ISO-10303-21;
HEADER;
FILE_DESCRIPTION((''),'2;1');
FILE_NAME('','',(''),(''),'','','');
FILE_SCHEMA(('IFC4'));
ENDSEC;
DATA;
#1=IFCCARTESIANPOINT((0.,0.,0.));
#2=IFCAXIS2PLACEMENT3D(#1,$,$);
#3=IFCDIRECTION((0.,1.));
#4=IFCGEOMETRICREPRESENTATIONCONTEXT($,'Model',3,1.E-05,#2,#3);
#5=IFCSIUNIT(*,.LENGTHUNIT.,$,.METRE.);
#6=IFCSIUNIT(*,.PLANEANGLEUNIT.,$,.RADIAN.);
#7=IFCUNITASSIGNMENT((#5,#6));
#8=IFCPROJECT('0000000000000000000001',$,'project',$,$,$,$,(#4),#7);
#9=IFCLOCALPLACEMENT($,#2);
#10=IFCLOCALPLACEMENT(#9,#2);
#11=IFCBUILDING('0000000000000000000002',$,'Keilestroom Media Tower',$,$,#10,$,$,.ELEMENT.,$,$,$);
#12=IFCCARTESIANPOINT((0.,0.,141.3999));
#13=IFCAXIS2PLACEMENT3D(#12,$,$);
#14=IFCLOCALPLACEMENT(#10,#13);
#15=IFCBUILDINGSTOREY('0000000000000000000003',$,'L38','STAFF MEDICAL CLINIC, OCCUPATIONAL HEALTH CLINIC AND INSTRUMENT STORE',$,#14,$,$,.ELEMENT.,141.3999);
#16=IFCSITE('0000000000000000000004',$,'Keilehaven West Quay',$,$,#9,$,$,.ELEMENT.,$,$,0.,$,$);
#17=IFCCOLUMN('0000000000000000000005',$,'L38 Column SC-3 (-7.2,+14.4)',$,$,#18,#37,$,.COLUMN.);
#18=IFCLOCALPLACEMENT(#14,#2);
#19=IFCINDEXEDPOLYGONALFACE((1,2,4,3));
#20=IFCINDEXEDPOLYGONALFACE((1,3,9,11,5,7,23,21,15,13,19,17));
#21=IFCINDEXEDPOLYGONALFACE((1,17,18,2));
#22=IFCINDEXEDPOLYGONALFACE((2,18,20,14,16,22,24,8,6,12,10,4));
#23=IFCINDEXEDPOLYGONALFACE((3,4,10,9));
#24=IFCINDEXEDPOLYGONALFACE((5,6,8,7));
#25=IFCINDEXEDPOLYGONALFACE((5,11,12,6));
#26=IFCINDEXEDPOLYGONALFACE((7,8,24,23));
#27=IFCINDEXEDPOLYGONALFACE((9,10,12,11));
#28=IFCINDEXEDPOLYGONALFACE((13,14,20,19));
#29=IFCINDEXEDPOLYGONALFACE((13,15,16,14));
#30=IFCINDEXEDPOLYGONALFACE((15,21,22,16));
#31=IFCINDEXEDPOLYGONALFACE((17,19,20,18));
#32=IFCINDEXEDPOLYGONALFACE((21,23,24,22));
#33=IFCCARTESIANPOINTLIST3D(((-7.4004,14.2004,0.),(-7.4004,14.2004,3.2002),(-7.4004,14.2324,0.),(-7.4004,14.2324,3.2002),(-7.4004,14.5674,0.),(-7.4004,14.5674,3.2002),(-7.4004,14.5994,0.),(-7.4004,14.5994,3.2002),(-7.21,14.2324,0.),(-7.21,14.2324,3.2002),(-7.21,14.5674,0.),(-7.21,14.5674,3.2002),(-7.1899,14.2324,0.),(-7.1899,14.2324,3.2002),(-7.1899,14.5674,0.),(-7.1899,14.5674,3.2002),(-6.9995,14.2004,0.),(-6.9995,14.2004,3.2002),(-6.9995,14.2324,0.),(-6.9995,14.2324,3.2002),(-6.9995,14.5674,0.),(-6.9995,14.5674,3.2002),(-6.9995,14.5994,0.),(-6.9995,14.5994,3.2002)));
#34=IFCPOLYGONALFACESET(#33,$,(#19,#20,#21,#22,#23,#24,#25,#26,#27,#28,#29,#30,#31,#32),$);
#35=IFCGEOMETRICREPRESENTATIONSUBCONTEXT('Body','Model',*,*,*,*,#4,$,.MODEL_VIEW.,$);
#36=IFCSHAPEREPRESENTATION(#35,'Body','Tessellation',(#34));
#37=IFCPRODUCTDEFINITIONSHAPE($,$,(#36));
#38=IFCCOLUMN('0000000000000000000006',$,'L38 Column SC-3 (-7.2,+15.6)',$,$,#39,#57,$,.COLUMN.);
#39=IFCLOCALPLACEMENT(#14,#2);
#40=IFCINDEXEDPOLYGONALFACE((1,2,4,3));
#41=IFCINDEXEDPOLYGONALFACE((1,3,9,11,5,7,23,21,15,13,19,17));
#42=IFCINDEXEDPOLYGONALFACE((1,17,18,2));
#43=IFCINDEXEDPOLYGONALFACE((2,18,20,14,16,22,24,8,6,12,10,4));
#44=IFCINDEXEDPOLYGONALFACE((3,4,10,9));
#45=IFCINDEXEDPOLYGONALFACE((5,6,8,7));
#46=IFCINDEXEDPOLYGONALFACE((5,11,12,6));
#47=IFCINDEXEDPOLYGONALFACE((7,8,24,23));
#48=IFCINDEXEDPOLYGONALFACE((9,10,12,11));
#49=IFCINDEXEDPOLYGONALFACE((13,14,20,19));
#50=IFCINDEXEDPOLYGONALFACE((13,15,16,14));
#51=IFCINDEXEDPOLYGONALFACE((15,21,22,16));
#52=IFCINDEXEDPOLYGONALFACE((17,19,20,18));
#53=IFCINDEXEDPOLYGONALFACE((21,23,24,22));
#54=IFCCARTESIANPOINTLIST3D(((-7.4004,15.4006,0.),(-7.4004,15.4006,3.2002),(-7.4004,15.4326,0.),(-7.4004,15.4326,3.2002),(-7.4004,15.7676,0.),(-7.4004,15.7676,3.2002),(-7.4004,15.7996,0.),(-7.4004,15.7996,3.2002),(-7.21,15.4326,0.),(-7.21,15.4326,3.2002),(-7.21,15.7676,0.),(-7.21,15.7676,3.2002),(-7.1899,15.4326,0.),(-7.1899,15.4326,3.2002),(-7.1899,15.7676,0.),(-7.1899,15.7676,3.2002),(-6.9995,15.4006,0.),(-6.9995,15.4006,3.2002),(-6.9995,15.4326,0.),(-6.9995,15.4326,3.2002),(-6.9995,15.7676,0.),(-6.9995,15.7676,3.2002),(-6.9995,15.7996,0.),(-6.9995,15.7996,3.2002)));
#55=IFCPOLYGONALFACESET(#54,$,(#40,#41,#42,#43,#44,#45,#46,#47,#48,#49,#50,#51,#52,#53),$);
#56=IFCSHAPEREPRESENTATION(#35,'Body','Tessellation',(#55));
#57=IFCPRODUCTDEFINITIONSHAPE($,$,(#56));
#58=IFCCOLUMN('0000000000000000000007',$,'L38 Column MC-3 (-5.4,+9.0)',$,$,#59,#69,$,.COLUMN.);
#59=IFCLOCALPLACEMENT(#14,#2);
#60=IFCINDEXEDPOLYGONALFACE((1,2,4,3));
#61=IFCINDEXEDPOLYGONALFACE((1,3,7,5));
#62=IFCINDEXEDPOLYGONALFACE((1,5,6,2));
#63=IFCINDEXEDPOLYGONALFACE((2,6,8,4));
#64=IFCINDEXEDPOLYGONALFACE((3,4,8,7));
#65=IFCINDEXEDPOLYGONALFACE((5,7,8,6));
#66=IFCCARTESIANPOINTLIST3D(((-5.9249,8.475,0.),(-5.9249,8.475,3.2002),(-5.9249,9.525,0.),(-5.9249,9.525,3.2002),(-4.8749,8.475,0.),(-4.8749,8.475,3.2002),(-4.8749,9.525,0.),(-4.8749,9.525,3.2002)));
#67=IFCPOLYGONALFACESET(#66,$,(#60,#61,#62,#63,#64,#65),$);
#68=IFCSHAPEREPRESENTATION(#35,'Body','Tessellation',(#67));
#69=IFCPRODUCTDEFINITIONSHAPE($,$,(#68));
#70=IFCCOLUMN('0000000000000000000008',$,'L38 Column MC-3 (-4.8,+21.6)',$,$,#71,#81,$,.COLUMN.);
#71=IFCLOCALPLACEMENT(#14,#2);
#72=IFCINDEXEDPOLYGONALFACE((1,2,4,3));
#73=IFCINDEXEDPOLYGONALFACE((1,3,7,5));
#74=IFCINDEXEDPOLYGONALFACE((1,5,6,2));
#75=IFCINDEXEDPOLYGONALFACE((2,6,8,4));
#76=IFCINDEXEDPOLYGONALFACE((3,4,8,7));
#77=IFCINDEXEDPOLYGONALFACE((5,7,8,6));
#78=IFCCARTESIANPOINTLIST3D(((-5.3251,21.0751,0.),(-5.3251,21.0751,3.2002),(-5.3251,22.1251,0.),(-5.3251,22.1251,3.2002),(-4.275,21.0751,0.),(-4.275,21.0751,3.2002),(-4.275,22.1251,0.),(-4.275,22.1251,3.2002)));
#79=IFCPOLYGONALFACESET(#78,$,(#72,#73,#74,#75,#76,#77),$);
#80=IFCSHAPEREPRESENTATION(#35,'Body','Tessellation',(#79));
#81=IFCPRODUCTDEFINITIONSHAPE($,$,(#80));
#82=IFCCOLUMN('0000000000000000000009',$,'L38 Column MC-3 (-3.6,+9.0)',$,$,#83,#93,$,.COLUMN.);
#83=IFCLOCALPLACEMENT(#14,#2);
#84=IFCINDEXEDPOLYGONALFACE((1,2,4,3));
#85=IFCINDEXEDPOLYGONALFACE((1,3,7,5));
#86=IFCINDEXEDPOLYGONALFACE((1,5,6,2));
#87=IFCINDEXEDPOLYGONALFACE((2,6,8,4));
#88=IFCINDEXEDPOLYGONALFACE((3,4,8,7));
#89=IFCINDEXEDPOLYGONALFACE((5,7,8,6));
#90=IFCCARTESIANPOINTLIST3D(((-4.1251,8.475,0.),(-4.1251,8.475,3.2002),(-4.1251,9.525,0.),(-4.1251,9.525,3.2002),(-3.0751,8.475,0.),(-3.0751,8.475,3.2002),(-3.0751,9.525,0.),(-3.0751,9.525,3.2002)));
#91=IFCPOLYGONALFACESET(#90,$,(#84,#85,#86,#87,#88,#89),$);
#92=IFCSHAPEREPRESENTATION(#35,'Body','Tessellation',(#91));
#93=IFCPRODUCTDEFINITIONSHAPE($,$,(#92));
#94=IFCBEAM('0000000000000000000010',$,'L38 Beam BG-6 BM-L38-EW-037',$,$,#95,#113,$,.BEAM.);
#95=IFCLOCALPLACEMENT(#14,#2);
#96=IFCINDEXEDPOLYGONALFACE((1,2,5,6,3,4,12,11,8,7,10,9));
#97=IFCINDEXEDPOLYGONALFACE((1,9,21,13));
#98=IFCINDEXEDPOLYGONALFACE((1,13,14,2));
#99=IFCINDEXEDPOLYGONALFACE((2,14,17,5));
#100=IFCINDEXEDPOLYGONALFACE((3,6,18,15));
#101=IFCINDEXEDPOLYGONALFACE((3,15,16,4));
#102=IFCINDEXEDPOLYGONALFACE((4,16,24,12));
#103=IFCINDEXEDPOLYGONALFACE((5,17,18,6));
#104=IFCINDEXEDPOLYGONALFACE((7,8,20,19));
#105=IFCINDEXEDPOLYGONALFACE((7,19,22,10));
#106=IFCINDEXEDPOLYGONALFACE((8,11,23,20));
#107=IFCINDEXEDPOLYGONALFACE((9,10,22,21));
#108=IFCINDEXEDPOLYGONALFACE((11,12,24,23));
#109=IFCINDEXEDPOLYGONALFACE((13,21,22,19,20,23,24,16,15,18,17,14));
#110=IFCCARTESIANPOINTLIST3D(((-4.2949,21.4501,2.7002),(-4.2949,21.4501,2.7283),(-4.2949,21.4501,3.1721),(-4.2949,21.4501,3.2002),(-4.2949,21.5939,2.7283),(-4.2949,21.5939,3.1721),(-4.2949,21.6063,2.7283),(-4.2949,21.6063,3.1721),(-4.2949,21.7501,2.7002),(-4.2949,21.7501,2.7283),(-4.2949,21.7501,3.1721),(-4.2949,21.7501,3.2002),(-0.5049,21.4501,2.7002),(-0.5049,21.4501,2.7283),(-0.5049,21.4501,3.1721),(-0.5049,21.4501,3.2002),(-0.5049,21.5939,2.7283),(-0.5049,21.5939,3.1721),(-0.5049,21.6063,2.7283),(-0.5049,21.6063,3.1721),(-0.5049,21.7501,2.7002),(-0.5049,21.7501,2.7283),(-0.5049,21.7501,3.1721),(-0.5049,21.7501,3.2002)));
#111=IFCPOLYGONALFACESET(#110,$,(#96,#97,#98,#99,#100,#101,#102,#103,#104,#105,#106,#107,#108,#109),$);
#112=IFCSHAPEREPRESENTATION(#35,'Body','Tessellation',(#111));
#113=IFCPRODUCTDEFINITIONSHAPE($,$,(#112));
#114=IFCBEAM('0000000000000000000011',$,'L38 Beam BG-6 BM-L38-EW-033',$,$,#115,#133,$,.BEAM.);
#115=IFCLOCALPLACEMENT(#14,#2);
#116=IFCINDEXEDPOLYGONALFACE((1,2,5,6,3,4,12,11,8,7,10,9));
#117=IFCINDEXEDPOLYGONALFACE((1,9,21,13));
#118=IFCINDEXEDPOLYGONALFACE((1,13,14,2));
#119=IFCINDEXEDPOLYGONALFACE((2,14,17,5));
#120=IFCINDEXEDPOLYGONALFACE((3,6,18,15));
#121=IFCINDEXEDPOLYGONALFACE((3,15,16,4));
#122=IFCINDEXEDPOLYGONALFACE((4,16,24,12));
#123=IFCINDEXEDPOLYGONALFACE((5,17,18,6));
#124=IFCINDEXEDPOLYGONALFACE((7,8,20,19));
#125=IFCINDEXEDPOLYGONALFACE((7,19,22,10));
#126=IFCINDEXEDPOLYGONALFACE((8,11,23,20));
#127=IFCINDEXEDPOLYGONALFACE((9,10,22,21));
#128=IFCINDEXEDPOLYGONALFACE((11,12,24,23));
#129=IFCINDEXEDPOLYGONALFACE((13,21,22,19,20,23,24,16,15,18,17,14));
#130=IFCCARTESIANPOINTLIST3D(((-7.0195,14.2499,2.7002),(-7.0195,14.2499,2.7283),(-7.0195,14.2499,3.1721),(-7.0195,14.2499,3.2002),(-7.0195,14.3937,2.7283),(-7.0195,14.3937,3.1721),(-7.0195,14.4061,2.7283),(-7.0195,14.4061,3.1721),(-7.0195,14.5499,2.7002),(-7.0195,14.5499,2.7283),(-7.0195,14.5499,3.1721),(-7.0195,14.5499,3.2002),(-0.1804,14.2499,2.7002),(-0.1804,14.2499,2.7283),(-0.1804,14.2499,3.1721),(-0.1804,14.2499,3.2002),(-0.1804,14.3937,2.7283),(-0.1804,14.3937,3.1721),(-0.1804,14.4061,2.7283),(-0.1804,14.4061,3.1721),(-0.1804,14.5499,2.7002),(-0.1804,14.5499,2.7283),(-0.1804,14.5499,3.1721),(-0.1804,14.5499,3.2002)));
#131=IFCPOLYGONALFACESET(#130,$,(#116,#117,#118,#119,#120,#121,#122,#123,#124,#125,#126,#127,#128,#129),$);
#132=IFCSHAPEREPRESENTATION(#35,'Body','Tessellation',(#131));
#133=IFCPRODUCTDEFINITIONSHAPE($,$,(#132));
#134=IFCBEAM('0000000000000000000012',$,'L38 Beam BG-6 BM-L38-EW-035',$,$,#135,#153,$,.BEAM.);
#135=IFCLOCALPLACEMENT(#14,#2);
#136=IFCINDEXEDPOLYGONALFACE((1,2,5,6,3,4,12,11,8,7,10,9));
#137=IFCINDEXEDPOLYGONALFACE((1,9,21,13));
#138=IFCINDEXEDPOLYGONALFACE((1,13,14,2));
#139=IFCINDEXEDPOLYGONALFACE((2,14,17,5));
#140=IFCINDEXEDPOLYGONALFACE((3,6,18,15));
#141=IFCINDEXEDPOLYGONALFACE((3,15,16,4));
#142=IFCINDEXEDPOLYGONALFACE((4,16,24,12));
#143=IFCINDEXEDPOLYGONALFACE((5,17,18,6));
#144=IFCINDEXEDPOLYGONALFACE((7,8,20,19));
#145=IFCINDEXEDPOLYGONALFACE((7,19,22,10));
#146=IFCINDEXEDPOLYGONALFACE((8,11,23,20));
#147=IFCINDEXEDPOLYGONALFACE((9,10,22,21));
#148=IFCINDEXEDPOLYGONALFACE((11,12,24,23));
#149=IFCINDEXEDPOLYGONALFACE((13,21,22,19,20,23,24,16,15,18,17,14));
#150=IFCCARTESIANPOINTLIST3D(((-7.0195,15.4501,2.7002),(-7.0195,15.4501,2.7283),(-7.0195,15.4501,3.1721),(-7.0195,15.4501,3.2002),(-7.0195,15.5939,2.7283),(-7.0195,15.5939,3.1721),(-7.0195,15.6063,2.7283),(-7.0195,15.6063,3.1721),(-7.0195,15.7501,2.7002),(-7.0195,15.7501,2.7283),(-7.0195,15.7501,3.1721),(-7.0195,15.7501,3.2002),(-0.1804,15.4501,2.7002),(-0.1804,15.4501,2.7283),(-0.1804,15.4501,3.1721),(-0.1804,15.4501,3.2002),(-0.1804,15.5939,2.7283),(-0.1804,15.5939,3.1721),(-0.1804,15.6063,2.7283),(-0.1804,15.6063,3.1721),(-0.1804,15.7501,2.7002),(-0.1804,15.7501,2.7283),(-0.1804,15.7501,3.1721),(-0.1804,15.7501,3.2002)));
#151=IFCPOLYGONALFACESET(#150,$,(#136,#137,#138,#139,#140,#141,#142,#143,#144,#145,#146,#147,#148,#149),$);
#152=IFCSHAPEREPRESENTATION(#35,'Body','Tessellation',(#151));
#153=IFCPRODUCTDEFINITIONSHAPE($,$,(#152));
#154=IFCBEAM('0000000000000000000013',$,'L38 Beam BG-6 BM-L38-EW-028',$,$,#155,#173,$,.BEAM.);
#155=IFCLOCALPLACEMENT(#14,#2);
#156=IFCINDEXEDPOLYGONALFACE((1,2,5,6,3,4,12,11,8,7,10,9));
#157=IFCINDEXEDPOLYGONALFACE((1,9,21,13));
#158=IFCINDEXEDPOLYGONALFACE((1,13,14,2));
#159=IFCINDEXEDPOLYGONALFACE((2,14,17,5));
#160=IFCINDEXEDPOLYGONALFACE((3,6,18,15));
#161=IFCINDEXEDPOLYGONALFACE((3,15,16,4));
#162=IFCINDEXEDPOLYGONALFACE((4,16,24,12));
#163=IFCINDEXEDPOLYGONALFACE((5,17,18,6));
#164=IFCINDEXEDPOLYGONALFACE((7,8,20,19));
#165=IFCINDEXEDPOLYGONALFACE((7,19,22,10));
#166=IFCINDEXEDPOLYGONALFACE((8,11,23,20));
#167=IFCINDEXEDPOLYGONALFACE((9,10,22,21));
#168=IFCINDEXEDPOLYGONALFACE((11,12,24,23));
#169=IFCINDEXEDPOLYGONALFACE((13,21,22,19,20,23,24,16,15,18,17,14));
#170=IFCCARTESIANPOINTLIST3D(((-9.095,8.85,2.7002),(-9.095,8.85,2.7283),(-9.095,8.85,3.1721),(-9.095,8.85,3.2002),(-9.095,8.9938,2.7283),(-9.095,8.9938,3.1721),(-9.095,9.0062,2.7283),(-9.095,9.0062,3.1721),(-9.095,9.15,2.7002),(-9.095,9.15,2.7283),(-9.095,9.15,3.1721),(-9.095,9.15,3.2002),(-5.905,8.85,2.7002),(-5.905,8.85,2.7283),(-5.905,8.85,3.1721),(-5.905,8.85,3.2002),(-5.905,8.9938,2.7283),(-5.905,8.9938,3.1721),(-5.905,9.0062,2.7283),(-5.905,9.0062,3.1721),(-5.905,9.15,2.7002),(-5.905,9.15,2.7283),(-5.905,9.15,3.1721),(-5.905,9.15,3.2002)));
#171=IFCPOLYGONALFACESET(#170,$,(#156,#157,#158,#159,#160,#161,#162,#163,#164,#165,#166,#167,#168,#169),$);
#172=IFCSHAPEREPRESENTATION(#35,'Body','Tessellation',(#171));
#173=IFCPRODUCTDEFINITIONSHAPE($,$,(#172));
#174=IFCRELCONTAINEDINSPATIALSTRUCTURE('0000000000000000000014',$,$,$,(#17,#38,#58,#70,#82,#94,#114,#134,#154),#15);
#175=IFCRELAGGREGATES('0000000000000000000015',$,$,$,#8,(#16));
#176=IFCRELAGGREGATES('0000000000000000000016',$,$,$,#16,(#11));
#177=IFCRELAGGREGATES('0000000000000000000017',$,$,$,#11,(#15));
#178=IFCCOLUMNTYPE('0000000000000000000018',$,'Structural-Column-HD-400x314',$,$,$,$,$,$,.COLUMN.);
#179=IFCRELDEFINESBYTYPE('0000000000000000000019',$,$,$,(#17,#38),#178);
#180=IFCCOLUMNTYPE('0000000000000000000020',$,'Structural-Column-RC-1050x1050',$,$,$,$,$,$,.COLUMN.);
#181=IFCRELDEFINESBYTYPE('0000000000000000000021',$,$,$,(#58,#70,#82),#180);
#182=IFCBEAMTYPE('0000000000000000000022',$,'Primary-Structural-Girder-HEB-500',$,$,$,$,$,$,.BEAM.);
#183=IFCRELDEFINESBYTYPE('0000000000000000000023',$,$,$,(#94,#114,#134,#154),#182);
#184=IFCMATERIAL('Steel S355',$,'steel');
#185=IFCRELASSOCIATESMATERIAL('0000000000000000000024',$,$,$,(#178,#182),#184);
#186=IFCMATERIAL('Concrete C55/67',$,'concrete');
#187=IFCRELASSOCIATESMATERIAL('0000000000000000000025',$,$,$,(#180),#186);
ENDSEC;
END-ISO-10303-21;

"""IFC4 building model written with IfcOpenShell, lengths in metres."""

from ifc_helpers import new_model, si_unit, direction, frame, origin, origin_2d, place, context, subcontext, project, spatial, rectangle, i_section, extrude, source, transform, mapped, material, material_profile, profile_set, type_object, element, save


model = new_model("IFC4")

# Units and contexts
model_context = context("Model", 3, precision=1e-05, world=origin(), true_north=direction((0.0, 1.0)))
body_context = subcontext(model_context, "Body", "Model", "MODEL_VIEW")
ifc_project = project(units=[si_unit("LENGTHUNIT", "METRE"), si_unit("PLANEANGLEUNIT", "RADIAN")], contexts=[model_context])

# Site, building, storey
site_placement = place(None, origin())
site = spatial("IfcSite", under=ifc_project, at=site_placement, Name="Keilehaven West Quay", CompositionType="ELEMENT", RefElevation=0.0)
building_placement = place(site_placement, origin())
building = spatial("IfcBuilding", under=site, at=building_placement, Name="Keilestroom Media Tower", CompositionType="ELEMENT")
storey_placement = place(building_placement, frame((0.0, 0.0, 141.3999)))
storey = spatial("IfcBuildingStorey", under=building, at=storey_placement, Name="L38", Description="STAFF MEDICAL CLINIC, OCCUPATIONAL HEALTH CLINIC AND INSTRUMENT STORE", CompositionType="ELEMENT", Elevation=141.3999)

# Columns
ifc_material_1 = material(Name="Steel S355", Category="steel")
ifc_material_profile_1 = material_profile(ifc_material_1, i_section(OverallWidth=0.4009, OverallDepth=0.3989, WebThickness=0.02, FlangeThickness=0.032, at=origin_2d()), Name="HD 400x314")
ifc_profile_set_1 = profile_set([ifc_material_profile_1], Name="Steel S355")
column_type_1 = type_object("IfcColumnType", Name="Structural-Column-HD-400x314", PredefinedType="COLUMN", material=ifc_profile_set_1)
shared_shape_1 = source(origin(), body_context, "Body", "SweptSolid", [
    extrude(i_section(OverallWidth=0.4009, OverallDepth=0.3989, WebThickness=0.02, FlangeThickness=0.032, at=origin_2d()), origin(), (0.0, 0.0, 1.0), 3.2002),
])
for number, where, z_axis, x_axis, name in (
    (1, (-7.2, 14.3999, 0.0), (0.0, 0.0, 1.0), (1.0, 0.0, 0.0), "L38 Column SC-3 (-7.2,+14.4)"),
    (2, (-7.2, 15.6001, 0.0), (0.0, 0.0, 1.0), (1.0, 0.0, 0.0), "L38 Column SC-3 (-7.2,+15.6)"),
):
    element("IfcColumn", number, at=place(storey_placement, frame(where, z_axis=z_axis, x_axis=x_axis)), inside=storey, type_object=column_type_1, Name=name, PredefinedType="COLUMN", context=body_context, shape_type="MappedRepresentation", body=[
        mapped(shared_shape_1, transform((0.0, 0.0, 0.0), x_axis=(1.0, 0.0, 0.0), y_axis=(0.0, 1.0, 0.0), z_axis=(0.0, 0.0, 1.0), scale=1.0)),
    ])
ifc_material_2 = material(Name="Concrete C55/67", Category="concrete")
ifc_material_profile_2 = material_profile(ifc_material_2, rectangle(XDim=1.05, YDim=1.05, at=origin_2d()), Name="RC 1050x1050")
ifc_profile_set_2 = profile_set([ifc_material_profile_2], Name="Concrete C55/67")
column_type_2 = type_object("IfcColumnType", Name="Structural-Column-RC-1050x1050", PredefinedType="COLUMN", material=ifc_profile_set_2)
shared_shape_2 = source(origin(), body_context, "Body", "SweptSolid", [
    extrude(rectangle(XDim=1.05, YDim=1.05, at=origin_2d()), origin(), (0.0, 0.0, 1.0), 3.2002),
])
for number, where, z_axis, x_axis, name in (
    (3, (-5.3999, 9.0, 0.0), (0.0, 0.0, 1.0), (1.0, 0.0, 0.0), "L38 Column MC-3 (-5.4,+9.0)"),
    (4, (-4.8, 21.6001, 0.0), (0.0, 0.0, 1.0), (1.0, 0.0, 0.0), "L38 Column MC-3 (-4.8,+21.6)"),
    (5, (-3.6001, 9.0, 0.0), (0.0, 0.0, 1.0), (1.0, 0.0, 0.0), "L38 Column MC-3 (-3.6,+9.0)"),
):
    element("IfcColumn", number, at=place(storey_placement, frame(where, z_axis=z_axis, x_axis=x_axis)), inside=storey, type_object=column_type_2, Name=name, PredefinedType="COLUMN", context=body_context, shape_type="MappedRepresentation", body=[
        mapped(shared_shape_2, transform((0.0, 0.0, 0.0), x_axis=(1.0, 0.0, 0.0), y_axis=(0.0, 1.0, 0.0), z_axis=(0.0, 0.0, 1.0), scale=1.0)),
    ])

# Beams
ifc_material_profile_3 = material_profile(ifc_material_1, i_section(OverallWidth=0.3, OverallDepth=0.5, WebThickness=0.0125, FlangeThickness=0.0281, at=origin_2d()), Name="HEB 500")
ifc_profile_set_3 = profile_set([ifc_material_profile_3], Name="Steel S355")
beam_type = type_object("IfcBeamType", Name="Primary-Structural-Girder-HEB-500", PredefinedType="BEAM", material=ifc_profile_set_3)
shared_shape_3 = source(origin(), body_context, "Body", "SweptSolid", [
    extrude(i_section(OverallWidth=0.3, OverallDepth=0.5, WebThickness=0.0125, FlangeThickness=0.0281, at=origin_2d()), origin(), (0.0, 0.0, 1.0), 3.79),
])
beam_1_placement = place(storey_placement, frame((-4.2949, 21.6001, 2.9502), z_axis=(1.0, 0.0, 0.0), x_axis=(0.0, 1.0, 0.0)))
element("IfcBeam", 6, at=beam_1_placement, inside=storey, type_object=beam_type, Name="L38 Beam BG-6 BM-L38-EW-037", PredefinedType="BEAM", context=body_context, shape_type="MappedRepresentation", body=[
    mapped(shared_shape_3, transform((0.0, 0.0, 0.0), x_axis=(1.0, 0.0, 0.0), y_axis=(0.0, 1.0, 0.0), z_axis=(0.0, 0.0, 1.0), scale=1.0)),
])
shared_shape_4 = source(origin(), body_context, "Body", "SweptSolid", [
    extrude(i_section(OverallWidth=0.3, OverallDepth=0.5, WebThickness=0.0125, FlangeThickness=0.0281, at=origin_2d()), origin(), (0.0, 0.0, 1.0), 6.8391),
])
for number, where, z_axis, x_axis, name in (
    (7, (-7.0195, 14.3999, 2.9502), (1.0, 0.0, 0.0), (0.0, 1.0, 0.0), "L38 Beam BG-6 BM-L38-EW-033"),
    (8, (-7.0195, 15.6001, 2.9502), (1.0, 0.0, 0.0), (0.0, 1.0, 0.0), "L38 Beam BG-6 BM-L38-EW-035"),
):
    element("IfcBeam", number, at=place(storey_placement, frame(where, z_axis=z_axis, x_axis=x_axis)), inside=storey, type_object=beam_type, Name=name, PredefinedType="BEAM", context=body_context, shape_type="MappedRepresentation", body=[
        mapped(shared_shape_4, transform((0.0, 0.0, 0.0), x_axis=(1.0, 0.0, 0.0), y_axis=(0.0, 1.0, 0.0), z_axis=(0.0, 0.0, 1.0), scale=1.0)),
    ])
shared_shape_5 = source(origin(), body_context, "Body", "SweptSolid", [
    extrude(i_section(OverallWidth=0.3, OverallDepth=0.5, WebThickness=0.0125, FlangeThickness=0.0281, at=origin_2d()), origin(), (0.0, 0.0, 1.0), 3.1899),
])
beam_2_placement = place(storey_placement, frame((-9.095, 9.0, 2.9502), z_axis=(1.0, 0.0, 0.0), x_axis=(0.0, 1.0, 0.0)))
element("IfcBeam", 9, at=beam_2_placement, inside=storey, type_object=beam_type, Name="L38 Beam BG-6 BM-L38-EW-028", PredefinedType="BEAM", context=body_context, shape_type="MappedRepresentation", body=[
    mapped(shared_shape_5, transform((0.0, 0.0, 0.0), x_axis=(1.0, 0.0, 0.0), y_axis=(0.0, 1.0, 0.0), z_axis=(0.0, 0.0, 1.0), scale=1.0)),
])

save(model, "model.ifc")
